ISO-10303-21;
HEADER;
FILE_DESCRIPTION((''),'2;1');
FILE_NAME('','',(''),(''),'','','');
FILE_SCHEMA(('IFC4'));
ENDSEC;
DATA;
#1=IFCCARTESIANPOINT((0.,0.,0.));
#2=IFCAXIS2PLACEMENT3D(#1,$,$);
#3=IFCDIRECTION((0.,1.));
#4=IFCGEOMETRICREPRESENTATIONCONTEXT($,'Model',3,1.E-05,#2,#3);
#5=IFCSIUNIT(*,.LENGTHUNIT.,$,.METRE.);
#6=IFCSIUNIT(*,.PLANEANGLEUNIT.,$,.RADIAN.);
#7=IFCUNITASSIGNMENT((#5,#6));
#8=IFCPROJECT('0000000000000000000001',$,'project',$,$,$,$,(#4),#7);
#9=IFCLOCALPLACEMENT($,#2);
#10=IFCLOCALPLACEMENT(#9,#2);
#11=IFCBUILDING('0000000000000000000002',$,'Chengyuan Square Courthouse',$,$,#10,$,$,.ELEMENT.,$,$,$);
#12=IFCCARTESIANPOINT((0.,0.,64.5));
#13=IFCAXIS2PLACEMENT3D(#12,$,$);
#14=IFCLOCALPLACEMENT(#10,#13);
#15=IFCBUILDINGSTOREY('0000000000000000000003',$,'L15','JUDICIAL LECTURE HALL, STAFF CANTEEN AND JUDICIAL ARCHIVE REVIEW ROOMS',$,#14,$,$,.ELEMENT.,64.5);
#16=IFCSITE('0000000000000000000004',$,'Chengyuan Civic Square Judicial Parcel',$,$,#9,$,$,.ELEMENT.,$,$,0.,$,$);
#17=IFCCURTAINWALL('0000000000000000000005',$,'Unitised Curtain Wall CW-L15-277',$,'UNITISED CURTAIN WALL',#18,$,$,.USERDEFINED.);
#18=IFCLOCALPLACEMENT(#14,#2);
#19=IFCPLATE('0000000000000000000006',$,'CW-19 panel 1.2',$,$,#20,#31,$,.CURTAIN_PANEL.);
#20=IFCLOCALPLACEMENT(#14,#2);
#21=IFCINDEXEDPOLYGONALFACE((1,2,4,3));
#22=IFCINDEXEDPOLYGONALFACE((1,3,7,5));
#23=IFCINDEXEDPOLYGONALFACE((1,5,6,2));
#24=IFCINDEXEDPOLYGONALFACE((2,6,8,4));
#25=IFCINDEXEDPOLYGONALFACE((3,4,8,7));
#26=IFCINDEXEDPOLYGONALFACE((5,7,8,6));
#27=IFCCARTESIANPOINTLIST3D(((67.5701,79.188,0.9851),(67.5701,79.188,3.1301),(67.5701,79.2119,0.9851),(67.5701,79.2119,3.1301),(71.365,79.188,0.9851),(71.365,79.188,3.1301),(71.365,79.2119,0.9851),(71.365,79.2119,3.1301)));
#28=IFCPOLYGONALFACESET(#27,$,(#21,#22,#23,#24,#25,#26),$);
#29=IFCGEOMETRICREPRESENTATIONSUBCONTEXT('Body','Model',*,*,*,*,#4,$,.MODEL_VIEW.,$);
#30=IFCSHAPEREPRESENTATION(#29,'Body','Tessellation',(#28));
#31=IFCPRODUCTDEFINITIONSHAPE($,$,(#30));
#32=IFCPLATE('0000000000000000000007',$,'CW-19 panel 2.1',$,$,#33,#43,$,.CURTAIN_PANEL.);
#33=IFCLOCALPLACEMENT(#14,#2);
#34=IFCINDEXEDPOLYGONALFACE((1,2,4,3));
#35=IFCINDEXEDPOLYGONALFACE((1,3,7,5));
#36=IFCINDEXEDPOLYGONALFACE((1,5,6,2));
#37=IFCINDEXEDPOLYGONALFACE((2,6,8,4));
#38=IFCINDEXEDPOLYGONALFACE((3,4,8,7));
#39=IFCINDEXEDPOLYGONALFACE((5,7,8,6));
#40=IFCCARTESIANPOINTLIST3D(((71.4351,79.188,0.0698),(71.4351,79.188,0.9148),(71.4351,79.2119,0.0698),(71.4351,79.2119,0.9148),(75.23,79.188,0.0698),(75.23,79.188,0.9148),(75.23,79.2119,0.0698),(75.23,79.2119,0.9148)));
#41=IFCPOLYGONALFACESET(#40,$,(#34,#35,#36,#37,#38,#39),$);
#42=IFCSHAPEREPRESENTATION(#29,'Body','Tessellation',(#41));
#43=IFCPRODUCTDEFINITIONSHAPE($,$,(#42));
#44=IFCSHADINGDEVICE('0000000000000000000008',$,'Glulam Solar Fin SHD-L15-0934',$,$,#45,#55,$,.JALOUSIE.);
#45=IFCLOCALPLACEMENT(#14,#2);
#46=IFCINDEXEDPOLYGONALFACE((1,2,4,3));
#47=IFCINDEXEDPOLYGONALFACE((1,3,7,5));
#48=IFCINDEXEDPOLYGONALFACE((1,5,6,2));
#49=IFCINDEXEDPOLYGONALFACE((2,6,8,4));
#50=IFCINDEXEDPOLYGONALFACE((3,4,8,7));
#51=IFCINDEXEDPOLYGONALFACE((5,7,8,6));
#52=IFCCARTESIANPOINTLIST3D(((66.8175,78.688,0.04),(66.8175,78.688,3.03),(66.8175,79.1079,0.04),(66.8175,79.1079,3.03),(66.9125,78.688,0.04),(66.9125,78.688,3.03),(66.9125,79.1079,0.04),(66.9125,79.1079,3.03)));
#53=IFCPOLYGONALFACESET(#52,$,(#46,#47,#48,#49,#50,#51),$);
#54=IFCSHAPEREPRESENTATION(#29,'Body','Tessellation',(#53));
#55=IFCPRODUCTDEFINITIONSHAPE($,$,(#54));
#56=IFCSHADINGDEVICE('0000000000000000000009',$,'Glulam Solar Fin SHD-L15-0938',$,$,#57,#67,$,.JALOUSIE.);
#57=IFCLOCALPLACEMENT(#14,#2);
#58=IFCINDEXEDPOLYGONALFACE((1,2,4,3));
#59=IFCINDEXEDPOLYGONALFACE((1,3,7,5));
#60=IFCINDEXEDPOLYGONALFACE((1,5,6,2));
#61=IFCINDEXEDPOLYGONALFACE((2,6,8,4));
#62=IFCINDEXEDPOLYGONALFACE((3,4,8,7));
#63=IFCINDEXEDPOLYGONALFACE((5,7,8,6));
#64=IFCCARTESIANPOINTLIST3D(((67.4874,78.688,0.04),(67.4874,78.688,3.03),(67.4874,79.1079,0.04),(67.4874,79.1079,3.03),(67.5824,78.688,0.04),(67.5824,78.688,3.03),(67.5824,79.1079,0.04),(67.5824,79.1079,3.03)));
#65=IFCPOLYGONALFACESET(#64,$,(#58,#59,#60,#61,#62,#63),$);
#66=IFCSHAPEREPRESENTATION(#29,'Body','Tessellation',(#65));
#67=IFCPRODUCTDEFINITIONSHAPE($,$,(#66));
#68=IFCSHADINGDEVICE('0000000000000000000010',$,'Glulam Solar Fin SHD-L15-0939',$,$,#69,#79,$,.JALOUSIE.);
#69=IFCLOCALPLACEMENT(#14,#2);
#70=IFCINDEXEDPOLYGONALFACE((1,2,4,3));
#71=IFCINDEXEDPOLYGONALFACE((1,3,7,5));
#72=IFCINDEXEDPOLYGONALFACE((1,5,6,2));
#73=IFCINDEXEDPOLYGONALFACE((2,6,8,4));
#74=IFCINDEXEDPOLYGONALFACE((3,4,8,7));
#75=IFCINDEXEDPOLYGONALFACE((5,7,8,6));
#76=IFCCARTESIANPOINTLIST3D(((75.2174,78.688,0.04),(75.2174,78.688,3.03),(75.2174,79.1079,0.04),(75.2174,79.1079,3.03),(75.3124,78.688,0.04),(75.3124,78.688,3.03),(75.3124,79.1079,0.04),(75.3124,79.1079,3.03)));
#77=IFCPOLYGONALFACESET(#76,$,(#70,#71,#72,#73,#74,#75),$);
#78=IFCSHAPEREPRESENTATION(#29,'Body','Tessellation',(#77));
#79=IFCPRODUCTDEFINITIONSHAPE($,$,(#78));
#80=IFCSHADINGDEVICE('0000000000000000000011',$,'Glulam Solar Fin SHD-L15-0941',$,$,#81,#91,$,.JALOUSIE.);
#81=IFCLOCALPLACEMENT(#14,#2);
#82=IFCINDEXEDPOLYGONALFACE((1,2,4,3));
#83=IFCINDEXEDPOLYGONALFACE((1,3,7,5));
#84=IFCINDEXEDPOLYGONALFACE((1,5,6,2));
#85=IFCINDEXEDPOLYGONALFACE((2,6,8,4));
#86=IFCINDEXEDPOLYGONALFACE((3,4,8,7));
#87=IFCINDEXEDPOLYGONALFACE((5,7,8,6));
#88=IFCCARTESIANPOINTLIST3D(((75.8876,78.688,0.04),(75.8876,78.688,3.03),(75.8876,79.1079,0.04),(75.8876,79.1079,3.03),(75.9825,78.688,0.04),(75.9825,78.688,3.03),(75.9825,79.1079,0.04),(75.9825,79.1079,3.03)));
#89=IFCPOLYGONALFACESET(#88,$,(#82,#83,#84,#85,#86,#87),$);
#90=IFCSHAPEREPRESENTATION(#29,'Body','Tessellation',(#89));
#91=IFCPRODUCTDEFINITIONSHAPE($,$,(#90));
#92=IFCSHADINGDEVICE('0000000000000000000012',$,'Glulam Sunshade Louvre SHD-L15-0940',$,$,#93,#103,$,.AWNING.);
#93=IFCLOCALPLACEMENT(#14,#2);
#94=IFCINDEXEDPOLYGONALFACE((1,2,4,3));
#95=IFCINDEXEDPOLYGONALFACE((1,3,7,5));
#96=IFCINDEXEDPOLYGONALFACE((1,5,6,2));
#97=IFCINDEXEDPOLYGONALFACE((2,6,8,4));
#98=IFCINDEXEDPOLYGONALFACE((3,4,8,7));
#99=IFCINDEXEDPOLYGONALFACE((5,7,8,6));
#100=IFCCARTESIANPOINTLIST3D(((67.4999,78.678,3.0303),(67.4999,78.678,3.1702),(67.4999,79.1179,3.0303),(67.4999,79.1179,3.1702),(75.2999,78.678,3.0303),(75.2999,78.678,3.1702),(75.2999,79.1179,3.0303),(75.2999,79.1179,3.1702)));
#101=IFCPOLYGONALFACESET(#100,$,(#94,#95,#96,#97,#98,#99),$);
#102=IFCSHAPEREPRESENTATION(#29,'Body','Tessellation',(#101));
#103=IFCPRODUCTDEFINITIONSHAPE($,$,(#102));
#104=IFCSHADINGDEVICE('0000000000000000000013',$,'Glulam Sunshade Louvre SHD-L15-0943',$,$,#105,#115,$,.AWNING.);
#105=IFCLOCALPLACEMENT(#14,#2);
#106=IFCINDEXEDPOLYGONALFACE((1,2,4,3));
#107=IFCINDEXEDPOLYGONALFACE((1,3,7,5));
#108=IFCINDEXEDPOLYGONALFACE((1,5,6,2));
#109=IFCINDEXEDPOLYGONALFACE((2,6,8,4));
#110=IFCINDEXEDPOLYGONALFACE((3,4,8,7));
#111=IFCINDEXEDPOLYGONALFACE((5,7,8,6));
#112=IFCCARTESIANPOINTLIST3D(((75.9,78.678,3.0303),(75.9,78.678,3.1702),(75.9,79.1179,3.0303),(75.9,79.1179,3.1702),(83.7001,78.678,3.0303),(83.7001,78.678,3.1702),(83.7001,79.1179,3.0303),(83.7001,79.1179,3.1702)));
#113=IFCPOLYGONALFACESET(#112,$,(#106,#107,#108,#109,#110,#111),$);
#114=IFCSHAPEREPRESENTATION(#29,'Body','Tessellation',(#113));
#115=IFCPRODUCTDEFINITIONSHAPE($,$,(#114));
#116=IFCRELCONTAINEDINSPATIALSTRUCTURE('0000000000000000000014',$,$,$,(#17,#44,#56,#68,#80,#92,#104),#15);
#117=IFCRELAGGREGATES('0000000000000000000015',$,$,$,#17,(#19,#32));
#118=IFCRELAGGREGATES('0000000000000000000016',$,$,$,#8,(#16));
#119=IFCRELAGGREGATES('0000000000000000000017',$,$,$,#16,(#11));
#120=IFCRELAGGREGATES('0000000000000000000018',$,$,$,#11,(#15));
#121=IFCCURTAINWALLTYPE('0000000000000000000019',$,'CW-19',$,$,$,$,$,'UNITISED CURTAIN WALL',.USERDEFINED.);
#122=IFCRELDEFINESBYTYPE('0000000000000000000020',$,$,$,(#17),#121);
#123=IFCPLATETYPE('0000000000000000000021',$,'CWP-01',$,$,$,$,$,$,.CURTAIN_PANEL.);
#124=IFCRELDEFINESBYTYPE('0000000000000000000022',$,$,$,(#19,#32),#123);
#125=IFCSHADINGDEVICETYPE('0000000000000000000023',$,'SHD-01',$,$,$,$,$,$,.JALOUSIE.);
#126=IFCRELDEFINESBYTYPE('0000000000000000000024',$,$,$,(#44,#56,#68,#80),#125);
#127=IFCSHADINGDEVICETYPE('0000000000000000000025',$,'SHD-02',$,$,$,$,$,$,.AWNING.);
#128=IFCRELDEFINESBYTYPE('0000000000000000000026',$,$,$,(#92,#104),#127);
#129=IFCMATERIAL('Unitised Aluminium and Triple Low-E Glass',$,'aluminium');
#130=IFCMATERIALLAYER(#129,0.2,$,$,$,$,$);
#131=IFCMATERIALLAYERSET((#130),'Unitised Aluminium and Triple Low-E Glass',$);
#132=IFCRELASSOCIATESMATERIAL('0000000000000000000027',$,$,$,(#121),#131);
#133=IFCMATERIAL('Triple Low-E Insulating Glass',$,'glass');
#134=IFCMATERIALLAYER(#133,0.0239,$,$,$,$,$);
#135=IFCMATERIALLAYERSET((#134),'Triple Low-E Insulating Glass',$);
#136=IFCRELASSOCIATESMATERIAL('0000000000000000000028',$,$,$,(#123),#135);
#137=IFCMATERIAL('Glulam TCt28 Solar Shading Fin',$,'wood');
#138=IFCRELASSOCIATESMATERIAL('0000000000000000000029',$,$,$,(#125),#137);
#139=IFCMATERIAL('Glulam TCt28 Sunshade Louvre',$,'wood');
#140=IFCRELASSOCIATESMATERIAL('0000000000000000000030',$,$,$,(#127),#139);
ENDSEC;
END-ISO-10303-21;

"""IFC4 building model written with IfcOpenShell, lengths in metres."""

from ifc_helpers import new_model, si_unit, direction, frame, origin, origin_2d, place, context, subcontext, project, spatial, rectangle, extrude, material, layer, layer_set, type_object, element, aggregate, save


model = new_model("IFC4")

# Units and contexts
model_context = context("Model", 3, precision=1e-05, world=origin(), true_north=direction((0.0, 1.0)))
body_context = subcontext(model_context, "Body", "Model", "MODEL_VIEW")
ifc_project = project(units=[si_unit("LENGTHUNIT", "METRE"), si_unit("PLANEANGLEUNIT", "RADIAN")], contexts=[model_context])

# Site, building, storey
site_placement = place(None, origin())
site = spatial("IfcSite", under=ifc_project, at=site_placement, Name="Chengyuan Civic Square Judicial Parcel", CompositionType="ELEMENT", RefElevation=0.0)
building_placement = place(site_placement, origin())
building = spatial("IfcBuilding", under=site, at=building_placement, Name="Chengyuan Square Courthouse", CompositionType="ELEMENT")
storey_placement = place(building_placement, frame((0.0, 0.0, 64.5)))
storey = spatial("IfcBuildingStorey", under=building, at=storey_placement, Name="L15", Description="JUDICIAL LECTURE HALL, STAFF CANTEEN AND JUDICIAL ARCHIVE REVIEW ROOMS", CompositionType="ELEMENT", Elevation=64.5)

# Shared definitions
ifc_material_1 = material(Name="Unitised Aluminium and Triple Low-E Glass", Category="aluminium")
ifc_layer_1 = layer(ifc_material_1, 0.2)
ifc_layer_set_1 = layer_set([ifc_layer_1], Name="Unitised Aluminium and Triple Low-E Glass")
curtain_wall_type = type_object("IfcCurtainWallType", Name="CW-19", ElementType="UNITISED CURTAIN WALL", PredefinedType="USERDEFINED", material=ifc_layer_set_1)

# Curtain wall
curtain_wall_1_placement = place(storey_placement, origin())
curtain_wall_1 = element("IfcCurtainWall", 1, at=curtain_wall_1_placement, inside=storey, type_object=curtain_wall_type, Name="Unitised Curtain Wall CW-L15-277", ObjectType="UNITISED CURTAIN WALL", PredefinedType="USERDEFINED")

# Plates
ifc_material_2 = material(Name="Triple Low-E Insulating Glass", Category="glass")
ifc_layer_2 = layer(ifc_material_2, 0.0239)
ifc_layer_set_2 = layer_set([ifc_layer_2], Name="Triple Low-E Insulating Glass")
plate_type = type_object("IfcPlateType", Name="CWP-01", PredefinedType="CURTAIN_PANEL", material=ifc_layer_set_2)
plate_1_placement = place(storey_placement, frame((69.4675, 79.2, 0.9851), z_axis=(0.0, 0.0, 1.0), x_axis=(1.0, 0.0, 0.0)))
plate_1 = element("IfcPlate", 2, at=plate_1_placement, type_object=plate_type, Name="CW-19 panel 1.2", PredefinedType="CURTAIN_PANEL", context=body_context, shape_type="SweptSolid", body=[
    extrude(rectangle(XDim=3.7949, YDim=0.0239, at=origin_2d()), origin(), (0.0, 0.0, 1.0), 2.145),
])
plate_2_placement = place(storey_placement, frame((73.3325, 79.2, 0.0698), z_axis=(0.0, 0.0, 1.0), x_axis=(1.0, 0.0, 0.0)))
plate_2 = element("IfcPlate", 3, at=plate_2_placement, type_object=plate_type, Name="CW-19 panel 2.1", PredefinedType="CURTAIN_PANEL", context=body_context, shape_type="SweptSolid", body=[
    extrude(rectangle(XDim=3.7949, YDim=0.0239, at=origin_2d()), origin(), (0.0, 0.0, 1.0), 0.845),
])
aggregate(curtain_wall_1, [plate_1, plate_2])

# Shading devices
ifc_material_3 = material(Name="Glulam TCt28 Solar Shading Fin", Category="wood")
shading_device_type_1 = type_object("IfcShadingDeviceType", Name="SHD-01", PredefinedType="JALOUSIE", material=ifc_material_3)
for number, where, z_axis, x_axis, name in (
    (4, (66.865, 78.8979, 0.04), (0.0, 0.0, 1.0), (0.0, 1.0, 0.0), "Glulam Solar Fin SHD-L15-0934"),
    (5, (67.5349, 78.8979, 0.04), (0.0, 0.0, 1.0), (0.0, 1.0, 0.0), "Glulam Solar Fin SHD-L15-0938"),
    (6, (75.2649, 78.8979, 0.04), (0.0, 0.0, 1.0), (0.0, 1.0, 0.0), "Glulam Solar Fin SHD-L15-0939"),
    (7, (75.9351, 78.8979, 0.04), (0.0, 0.0, 1.0), (0.0, 1.0, 0.0), "Glulam Solar Fin SHD-L15-0941"),
):
    element("IfcShadingDevice", number, at=place(storey_placement, frame(where, z_axis=z_axis, x_axis=x_axis)), inside=storey, type_object=shading_device_type_1, Name=name, PredefinedType="JALOUSIE", context=body_context, shape_type="SweptSolid", body=[
        extrude(rectangle(XDim=0.4199, YDim=0.095, at=origin_2d()), origin(), (0.0, 0.0, 1.0), 2.99),
    ])
ifc_material_4 = material(Name="Glulam TCt28 Sunshade Louvre", Category="wood")
shading_device_type_2 = type_object("IfcShadingDeviceType", Name="SHD-02", PredefinedType="AWNING", material=ifc_material_4)
for number, where, z_axis, x_axis, name in (
    (8, (71.3999, 78.8979, 3.0303), (0.0, 0.0, 1.0), (1.0, 0.0, 0.0), "Glulam Sunshade Louvre SHD-L15-0940"),
    (9, (79.8, 78.8979, 3.0303), (0.0, 0.0, 1.0), (1.0, 0.0, 0.0), "Glulam Sunshade Louvre SHD-L15-0943"),
):
    element("IfcShadingDevice", number, at=place(storey_placement, frame(where, z_axis=z_axis, x_axis=x_axis)), inside=storey, type_object=shading_device_type_2, Name=name, PredefinedType="AWNING", context=body_context, shape_type="SweptSolid", body=[
        extrude(rectangle(XDim=7.8, YDim=0.4399, at=origin_2d()), origin(), (0.0, 0.0, 1.0), 0.1399),
    ])

save(model, "model.ifc")
